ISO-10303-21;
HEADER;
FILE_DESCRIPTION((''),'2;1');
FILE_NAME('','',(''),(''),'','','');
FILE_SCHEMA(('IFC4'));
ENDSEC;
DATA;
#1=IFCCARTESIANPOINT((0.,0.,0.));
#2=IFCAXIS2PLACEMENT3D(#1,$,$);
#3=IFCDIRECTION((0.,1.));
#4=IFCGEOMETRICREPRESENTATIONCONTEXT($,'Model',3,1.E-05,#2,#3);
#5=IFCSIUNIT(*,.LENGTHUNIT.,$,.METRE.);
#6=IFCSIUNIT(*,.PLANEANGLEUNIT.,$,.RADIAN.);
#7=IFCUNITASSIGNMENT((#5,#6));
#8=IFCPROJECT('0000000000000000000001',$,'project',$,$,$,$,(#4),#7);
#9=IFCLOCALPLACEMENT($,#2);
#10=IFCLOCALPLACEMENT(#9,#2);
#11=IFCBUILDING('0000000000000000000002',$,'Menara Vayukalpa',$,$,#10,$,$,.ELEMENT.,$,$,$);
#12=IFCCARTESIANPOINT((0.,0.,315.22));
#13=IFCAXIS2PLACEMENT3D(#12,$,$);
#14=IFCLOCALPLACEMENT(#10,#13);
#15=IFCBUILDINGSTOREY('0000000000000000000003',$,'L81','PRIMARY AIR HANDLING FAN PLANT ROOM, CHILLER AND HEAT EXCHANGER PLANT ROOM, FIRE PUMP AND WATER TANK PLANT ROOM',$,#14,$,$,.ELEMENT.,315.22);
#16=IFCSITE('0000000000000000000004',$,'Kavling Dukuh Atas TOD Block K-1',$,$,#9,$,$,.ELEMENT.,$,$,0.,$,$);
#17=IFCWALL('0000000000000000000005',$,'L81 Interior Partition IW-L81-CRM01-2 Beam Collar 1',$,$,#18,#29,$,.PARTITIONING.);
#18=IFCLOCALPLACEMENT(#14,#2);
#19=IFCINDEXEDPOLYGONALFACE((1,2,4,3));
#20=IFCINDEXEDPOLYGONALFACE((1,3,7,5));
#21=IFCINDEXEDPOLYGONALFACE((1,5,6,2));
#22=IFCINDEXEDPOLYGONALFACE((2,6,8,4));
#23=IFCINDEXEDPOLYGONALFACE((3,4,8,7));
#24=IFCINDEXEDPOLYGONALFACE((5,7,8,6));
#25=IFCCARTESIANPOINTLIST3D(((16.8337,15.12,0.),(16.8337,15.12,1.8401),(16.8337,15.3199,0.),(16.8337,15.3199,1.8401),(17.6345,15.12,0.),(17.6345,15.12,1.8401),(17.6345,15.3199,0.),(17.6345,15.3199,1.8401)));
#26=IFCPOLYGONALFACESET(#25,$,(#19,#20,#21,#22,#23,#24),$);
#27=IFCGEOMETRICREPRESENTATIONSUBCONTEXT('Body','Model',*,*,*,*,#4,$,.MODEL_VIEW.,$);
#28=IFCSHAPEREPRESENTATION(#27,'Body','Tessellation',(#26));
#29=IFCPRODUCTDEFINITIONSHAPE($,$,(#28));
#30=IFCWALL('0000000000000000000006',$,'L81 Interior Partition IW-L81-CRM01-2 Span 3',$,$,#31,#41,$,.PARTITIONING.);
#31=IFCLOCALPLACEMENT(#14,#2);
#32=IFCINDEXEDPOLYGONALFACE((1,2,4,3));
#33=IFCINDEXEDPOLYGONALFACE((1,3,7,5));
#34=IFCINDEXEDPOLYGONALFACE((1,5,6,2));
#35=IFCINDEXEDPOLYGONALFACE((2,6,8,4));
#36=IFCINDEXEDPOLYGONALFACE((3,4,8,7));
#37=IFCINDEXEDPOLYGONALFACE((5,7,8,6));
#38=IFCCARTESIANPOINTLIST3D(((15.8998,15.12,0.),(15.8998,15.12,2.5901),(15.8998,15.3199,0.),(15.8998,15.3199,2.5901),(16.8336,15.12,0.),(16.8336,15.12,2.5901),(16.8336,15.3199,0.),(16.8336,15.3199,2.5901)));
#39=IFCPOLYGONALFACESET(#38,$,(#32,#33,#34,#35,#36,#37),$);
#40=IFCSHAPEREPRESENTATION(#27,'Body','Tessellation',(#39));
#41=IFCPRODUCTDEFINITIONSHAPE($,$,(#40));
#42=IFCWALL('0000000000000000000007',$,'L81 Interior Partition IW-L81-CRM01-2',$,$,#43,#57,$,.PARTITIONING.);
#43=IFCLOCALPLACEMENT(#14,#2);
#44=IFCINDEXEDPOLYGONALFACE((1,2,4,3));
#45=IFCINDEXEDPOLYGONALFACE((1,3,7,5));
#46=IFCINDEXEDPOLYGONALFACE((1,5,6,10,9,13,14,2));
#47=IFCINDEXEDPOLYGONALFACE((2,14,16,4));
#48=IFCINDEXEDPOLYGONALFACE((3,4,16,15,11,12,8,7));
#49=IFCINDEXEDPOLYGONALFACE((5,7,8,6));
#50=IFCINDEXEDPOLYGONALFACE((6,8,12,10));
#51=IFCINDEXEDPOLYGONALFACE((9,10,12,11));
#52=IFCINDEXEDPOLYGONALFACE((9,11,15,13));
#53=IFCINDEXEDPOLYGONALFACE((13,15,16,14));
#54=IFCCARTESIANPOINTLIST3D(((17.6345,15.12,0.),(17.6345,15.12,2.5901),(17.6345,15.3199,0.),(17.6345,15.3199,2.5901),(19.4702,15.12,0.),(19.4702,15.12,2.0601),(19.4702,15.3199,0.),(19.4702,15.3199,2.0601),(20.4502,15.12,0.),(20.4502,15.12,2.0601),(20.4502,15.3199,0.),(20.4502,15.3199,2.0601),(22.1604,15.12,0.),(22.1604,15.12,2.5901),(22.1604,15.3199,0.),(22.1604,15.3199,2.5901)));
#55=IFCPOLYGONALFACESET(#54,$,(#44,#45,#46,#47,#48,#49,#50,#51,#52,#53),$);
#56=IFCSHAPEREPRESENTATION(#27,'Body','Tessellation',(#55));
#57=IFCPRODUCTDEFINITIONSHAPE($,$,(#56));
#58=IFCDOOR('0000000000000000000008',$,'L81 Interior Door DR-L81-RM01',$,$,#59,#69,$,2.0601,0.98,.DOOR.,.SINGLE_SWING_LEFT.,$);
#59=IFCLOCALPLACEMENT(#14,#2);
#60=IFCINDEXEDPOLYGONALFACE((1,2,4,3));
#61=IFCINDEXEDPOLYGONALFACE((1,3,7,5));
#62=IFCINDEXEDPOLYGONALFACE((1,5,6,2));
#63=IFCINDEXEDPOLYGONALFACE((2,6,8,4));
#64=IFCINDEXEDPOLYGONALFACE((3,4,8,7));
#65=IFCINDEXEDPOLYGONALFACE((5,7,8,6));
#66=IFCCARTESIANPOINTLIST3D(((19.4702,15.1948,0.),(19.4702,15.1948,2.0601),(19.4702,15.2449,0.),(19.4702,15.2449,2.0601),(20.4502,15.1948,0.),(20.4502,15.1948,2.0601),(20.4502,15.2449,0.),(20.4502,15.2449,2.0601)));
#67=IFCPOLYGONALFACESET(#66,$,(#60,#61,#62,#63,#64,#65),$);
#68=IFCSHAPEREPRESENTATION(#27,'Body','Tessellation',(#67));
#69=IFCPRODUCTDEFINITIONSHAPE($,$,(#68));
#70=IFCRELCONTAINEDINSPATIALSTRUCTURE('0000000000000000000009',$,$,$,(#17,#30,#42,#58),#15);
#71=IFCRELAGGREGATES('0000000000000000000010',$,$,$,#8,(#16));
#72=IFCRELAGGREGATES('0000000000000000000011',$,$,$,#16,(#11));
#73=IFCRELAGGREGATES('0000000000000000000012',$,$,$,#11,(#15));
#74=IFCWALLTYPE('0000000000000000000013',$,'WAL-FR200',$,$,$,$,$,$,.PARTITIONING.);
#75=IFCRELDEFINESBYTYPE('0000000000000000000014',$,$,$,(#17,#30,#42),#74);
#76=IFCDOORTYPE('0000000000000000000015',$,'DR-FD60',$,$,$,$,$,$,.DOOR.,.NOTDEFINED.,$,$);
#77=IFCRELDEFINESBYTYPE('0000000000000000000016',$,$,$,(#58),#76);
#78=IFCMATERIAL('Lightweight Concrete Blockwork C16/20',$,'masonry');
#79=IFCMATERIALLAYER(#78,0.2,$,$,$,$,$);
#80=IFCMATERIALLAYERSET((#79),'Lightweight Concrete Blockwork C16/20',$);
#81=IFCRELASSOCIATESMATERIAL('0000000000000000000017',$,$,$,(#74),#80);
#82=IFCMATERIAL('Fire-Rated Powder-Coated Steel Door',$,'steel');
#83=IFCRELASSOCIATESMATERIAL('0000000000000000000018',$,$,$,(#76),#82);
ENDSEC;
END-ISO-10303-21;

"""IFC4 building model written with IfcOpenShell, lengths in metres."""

from ifc_helpers import new_model, si_unit, direction, frame, frame_2d, origin, place, context, subcontext, project, spatial, rectangle, extrude, material, layer, layer_set, type_object, element, fill, save


model = new_model("IFC4")

# Units and contexts
model_context = context("Model", 3, precision=1e-05, world=origin(), true_north=direction((0.0, 1.0)))
body_context = subcontext(model_context, "Body", "Model", "MODEL_VIEW")
ifc_project = project(units=[si_unit("LENGTHUNIT", "METRE"), si_unit("PLANEANGLEUNIT", "RADIAN")], contexts=[model_context])

# Site, building, storey
site_placement = place(None, origin())
site = spatial("IfcSite", under=ifc_project, at=site_placement, Name="Kavling Dukuh Atas TOD Block K-1", CompositionType="ELEMENT", RefElevation=0.0)
building_placement = place(site_placement, origin())
building = spatial("IfcBuilding", under=site, at=building_placement, Name="Menara Vayukalpa", CompositionType="ELEMENT")
storey_placement = place(building_placement, frame((0.0, 0.0, 315.22)))
storey = spatial("IfcBuildingStorey", under=building, at=storey_placement, Name="L81", Description="PRIMARY AIR HANDLING FAN PLANT ROOM, CHILLER AND HEAT EXCHANGER PLANT ROOM, FIRE PUMP AND WATER TANK PLANT ROOM", CompositionType="ELEMENT", Elevation=315.22)

# Walls
ifc_material_1 = material(Name="Lightweight Concrete Blockwork C16/20", Category="masonry")
ifc_layer_1 = layer(ifc_material_1, 0.2)
ifc_layer_set_1 = layer_set([ifc_layer_1], Name="Lightweight Concrete Blockwork C16/20")
wall_type_1 = type_object("IfcWallType", Name="WAL-FR200", PredefinedType="PARTITIONING", material=ifc_layer_set_1)
wall_1_placement = place(storey_placement, frame((16.8337, 15.22, 0.0), z_axis=(0.0, 0.0, 1.0), x_axis=(1.0, 0.0, 0.0)))
element("IfcWall", 1, at=wall_1_placement, inside=storey, type_object=wall_type_1, Name="L81 Interior Partition IW-L81-CRM01-2 Beam Collar 1", PredefinedType="PARTITIONING", context=body_context, shape_type="SweptSolid", body=[
    extrude(rectangle(XDim=0.8008, YDim=0.2, at=frame_2d((0.4004, 0.0))), origin(), (0.0, 0.0, 1.0), 1.8401),
])
wall_2_placement = place(storey_placement, frame((15.8999, 15.22, 0.0), z_axis=(0.0, 0.0, 1.0), x_axis=(1.0, 0.0, 0.0)))
element("IfcWall", 2, at=wall_2_placement, inside=storey, type_object=wall_type_1, Name="L81 Interior Partition IW-L81-CRM01-2 Span 3", PredefinedType="PARTITIONING", context=body_context, shape_type="SweptSolid", body=[
    extrude(rectangle(XDim=0.9338, YDim=0.2, at=frame_2d((0.4668, 0.0))), origin(), (0.0, 0.0, 1.0), 2.5901),
])

# Wall, opening, door
wall_3_placement = place(storey_placement, frame((17.6345, 15.22, 0.0), z_axis=(0.0, 0.0, 1.0), x_axis=(1.0, 0.0, 0.0)))
wall_3 = element("IfcWall", 3, at=wall_3_placement, inside=storey, type_object=wall_type_1, Name="L81 Interior Partition IW-L81-CRM01-2", PredefinedType="PARTITIONING", context=body_context, shape_type="SweptSolid", body=[
    extrude(rectangle(XDim=4.5259, YDim=0.2, at=frame_2d((2.2629, 0.0))), origin(), (0.0, 0.0, 1.0), 2.5901),
])
opening_placement = place(wall_3_placement, frame((1.8357, 0.0, 0.0)))
opening = element("IfcOpeningElement", 4, at=opening_placement, cuts=wall_3, PredefinedType="OPENING", context=body_context, shape_type="SweptSolid", body=[
    extrude(rectangle(XDim=0.98, YDim=2.0601, at=frame_2d((0.49, 1.03))), frame((0.0, 0.1099, 0.0), z_axis=(0.0, -1.0, 0.0), x_axis=(1.0, 0.0, 0.0)), (0.0, 0.0, 1.0), 0.22),
])
ifc_material_2 = material(Name="Fire-Rated Powder-Coated Steel Door", Category="steel")
door_type = type_object("IfcDoorType", Name="DR-FD60", OperationType="NOTDEFINED", PredefinedType="DOOR", material=ifc_material_2)
door_placement = place(opening_placement, origin())
door = element("IfcDoor", 5, at=door_placement, inside=storey, type_object=door_type, Name="L81 Interior Door DR-L81-RM01", OperationType="SINGLE_SWING_LEFT", OverallHeight=2.0601, OverallWidth=0.98, PredefinedType="DOOR", context=body_context, shape_type="SweptSolid", body=[
    extrude(rectangle(XDim=0.98, YDim=2.0601, at=frame_2d((0.49, 1.03))), frame((0.0, 0.0249, 0.0), z_axis=(0.0, -1.0, 0.0), x_axis=(1.0, 0.0, 0.0)), (0.0, 0.0, 1.0), 0.05),
])
fill(opening, door)

save(model, "model.ifc")
